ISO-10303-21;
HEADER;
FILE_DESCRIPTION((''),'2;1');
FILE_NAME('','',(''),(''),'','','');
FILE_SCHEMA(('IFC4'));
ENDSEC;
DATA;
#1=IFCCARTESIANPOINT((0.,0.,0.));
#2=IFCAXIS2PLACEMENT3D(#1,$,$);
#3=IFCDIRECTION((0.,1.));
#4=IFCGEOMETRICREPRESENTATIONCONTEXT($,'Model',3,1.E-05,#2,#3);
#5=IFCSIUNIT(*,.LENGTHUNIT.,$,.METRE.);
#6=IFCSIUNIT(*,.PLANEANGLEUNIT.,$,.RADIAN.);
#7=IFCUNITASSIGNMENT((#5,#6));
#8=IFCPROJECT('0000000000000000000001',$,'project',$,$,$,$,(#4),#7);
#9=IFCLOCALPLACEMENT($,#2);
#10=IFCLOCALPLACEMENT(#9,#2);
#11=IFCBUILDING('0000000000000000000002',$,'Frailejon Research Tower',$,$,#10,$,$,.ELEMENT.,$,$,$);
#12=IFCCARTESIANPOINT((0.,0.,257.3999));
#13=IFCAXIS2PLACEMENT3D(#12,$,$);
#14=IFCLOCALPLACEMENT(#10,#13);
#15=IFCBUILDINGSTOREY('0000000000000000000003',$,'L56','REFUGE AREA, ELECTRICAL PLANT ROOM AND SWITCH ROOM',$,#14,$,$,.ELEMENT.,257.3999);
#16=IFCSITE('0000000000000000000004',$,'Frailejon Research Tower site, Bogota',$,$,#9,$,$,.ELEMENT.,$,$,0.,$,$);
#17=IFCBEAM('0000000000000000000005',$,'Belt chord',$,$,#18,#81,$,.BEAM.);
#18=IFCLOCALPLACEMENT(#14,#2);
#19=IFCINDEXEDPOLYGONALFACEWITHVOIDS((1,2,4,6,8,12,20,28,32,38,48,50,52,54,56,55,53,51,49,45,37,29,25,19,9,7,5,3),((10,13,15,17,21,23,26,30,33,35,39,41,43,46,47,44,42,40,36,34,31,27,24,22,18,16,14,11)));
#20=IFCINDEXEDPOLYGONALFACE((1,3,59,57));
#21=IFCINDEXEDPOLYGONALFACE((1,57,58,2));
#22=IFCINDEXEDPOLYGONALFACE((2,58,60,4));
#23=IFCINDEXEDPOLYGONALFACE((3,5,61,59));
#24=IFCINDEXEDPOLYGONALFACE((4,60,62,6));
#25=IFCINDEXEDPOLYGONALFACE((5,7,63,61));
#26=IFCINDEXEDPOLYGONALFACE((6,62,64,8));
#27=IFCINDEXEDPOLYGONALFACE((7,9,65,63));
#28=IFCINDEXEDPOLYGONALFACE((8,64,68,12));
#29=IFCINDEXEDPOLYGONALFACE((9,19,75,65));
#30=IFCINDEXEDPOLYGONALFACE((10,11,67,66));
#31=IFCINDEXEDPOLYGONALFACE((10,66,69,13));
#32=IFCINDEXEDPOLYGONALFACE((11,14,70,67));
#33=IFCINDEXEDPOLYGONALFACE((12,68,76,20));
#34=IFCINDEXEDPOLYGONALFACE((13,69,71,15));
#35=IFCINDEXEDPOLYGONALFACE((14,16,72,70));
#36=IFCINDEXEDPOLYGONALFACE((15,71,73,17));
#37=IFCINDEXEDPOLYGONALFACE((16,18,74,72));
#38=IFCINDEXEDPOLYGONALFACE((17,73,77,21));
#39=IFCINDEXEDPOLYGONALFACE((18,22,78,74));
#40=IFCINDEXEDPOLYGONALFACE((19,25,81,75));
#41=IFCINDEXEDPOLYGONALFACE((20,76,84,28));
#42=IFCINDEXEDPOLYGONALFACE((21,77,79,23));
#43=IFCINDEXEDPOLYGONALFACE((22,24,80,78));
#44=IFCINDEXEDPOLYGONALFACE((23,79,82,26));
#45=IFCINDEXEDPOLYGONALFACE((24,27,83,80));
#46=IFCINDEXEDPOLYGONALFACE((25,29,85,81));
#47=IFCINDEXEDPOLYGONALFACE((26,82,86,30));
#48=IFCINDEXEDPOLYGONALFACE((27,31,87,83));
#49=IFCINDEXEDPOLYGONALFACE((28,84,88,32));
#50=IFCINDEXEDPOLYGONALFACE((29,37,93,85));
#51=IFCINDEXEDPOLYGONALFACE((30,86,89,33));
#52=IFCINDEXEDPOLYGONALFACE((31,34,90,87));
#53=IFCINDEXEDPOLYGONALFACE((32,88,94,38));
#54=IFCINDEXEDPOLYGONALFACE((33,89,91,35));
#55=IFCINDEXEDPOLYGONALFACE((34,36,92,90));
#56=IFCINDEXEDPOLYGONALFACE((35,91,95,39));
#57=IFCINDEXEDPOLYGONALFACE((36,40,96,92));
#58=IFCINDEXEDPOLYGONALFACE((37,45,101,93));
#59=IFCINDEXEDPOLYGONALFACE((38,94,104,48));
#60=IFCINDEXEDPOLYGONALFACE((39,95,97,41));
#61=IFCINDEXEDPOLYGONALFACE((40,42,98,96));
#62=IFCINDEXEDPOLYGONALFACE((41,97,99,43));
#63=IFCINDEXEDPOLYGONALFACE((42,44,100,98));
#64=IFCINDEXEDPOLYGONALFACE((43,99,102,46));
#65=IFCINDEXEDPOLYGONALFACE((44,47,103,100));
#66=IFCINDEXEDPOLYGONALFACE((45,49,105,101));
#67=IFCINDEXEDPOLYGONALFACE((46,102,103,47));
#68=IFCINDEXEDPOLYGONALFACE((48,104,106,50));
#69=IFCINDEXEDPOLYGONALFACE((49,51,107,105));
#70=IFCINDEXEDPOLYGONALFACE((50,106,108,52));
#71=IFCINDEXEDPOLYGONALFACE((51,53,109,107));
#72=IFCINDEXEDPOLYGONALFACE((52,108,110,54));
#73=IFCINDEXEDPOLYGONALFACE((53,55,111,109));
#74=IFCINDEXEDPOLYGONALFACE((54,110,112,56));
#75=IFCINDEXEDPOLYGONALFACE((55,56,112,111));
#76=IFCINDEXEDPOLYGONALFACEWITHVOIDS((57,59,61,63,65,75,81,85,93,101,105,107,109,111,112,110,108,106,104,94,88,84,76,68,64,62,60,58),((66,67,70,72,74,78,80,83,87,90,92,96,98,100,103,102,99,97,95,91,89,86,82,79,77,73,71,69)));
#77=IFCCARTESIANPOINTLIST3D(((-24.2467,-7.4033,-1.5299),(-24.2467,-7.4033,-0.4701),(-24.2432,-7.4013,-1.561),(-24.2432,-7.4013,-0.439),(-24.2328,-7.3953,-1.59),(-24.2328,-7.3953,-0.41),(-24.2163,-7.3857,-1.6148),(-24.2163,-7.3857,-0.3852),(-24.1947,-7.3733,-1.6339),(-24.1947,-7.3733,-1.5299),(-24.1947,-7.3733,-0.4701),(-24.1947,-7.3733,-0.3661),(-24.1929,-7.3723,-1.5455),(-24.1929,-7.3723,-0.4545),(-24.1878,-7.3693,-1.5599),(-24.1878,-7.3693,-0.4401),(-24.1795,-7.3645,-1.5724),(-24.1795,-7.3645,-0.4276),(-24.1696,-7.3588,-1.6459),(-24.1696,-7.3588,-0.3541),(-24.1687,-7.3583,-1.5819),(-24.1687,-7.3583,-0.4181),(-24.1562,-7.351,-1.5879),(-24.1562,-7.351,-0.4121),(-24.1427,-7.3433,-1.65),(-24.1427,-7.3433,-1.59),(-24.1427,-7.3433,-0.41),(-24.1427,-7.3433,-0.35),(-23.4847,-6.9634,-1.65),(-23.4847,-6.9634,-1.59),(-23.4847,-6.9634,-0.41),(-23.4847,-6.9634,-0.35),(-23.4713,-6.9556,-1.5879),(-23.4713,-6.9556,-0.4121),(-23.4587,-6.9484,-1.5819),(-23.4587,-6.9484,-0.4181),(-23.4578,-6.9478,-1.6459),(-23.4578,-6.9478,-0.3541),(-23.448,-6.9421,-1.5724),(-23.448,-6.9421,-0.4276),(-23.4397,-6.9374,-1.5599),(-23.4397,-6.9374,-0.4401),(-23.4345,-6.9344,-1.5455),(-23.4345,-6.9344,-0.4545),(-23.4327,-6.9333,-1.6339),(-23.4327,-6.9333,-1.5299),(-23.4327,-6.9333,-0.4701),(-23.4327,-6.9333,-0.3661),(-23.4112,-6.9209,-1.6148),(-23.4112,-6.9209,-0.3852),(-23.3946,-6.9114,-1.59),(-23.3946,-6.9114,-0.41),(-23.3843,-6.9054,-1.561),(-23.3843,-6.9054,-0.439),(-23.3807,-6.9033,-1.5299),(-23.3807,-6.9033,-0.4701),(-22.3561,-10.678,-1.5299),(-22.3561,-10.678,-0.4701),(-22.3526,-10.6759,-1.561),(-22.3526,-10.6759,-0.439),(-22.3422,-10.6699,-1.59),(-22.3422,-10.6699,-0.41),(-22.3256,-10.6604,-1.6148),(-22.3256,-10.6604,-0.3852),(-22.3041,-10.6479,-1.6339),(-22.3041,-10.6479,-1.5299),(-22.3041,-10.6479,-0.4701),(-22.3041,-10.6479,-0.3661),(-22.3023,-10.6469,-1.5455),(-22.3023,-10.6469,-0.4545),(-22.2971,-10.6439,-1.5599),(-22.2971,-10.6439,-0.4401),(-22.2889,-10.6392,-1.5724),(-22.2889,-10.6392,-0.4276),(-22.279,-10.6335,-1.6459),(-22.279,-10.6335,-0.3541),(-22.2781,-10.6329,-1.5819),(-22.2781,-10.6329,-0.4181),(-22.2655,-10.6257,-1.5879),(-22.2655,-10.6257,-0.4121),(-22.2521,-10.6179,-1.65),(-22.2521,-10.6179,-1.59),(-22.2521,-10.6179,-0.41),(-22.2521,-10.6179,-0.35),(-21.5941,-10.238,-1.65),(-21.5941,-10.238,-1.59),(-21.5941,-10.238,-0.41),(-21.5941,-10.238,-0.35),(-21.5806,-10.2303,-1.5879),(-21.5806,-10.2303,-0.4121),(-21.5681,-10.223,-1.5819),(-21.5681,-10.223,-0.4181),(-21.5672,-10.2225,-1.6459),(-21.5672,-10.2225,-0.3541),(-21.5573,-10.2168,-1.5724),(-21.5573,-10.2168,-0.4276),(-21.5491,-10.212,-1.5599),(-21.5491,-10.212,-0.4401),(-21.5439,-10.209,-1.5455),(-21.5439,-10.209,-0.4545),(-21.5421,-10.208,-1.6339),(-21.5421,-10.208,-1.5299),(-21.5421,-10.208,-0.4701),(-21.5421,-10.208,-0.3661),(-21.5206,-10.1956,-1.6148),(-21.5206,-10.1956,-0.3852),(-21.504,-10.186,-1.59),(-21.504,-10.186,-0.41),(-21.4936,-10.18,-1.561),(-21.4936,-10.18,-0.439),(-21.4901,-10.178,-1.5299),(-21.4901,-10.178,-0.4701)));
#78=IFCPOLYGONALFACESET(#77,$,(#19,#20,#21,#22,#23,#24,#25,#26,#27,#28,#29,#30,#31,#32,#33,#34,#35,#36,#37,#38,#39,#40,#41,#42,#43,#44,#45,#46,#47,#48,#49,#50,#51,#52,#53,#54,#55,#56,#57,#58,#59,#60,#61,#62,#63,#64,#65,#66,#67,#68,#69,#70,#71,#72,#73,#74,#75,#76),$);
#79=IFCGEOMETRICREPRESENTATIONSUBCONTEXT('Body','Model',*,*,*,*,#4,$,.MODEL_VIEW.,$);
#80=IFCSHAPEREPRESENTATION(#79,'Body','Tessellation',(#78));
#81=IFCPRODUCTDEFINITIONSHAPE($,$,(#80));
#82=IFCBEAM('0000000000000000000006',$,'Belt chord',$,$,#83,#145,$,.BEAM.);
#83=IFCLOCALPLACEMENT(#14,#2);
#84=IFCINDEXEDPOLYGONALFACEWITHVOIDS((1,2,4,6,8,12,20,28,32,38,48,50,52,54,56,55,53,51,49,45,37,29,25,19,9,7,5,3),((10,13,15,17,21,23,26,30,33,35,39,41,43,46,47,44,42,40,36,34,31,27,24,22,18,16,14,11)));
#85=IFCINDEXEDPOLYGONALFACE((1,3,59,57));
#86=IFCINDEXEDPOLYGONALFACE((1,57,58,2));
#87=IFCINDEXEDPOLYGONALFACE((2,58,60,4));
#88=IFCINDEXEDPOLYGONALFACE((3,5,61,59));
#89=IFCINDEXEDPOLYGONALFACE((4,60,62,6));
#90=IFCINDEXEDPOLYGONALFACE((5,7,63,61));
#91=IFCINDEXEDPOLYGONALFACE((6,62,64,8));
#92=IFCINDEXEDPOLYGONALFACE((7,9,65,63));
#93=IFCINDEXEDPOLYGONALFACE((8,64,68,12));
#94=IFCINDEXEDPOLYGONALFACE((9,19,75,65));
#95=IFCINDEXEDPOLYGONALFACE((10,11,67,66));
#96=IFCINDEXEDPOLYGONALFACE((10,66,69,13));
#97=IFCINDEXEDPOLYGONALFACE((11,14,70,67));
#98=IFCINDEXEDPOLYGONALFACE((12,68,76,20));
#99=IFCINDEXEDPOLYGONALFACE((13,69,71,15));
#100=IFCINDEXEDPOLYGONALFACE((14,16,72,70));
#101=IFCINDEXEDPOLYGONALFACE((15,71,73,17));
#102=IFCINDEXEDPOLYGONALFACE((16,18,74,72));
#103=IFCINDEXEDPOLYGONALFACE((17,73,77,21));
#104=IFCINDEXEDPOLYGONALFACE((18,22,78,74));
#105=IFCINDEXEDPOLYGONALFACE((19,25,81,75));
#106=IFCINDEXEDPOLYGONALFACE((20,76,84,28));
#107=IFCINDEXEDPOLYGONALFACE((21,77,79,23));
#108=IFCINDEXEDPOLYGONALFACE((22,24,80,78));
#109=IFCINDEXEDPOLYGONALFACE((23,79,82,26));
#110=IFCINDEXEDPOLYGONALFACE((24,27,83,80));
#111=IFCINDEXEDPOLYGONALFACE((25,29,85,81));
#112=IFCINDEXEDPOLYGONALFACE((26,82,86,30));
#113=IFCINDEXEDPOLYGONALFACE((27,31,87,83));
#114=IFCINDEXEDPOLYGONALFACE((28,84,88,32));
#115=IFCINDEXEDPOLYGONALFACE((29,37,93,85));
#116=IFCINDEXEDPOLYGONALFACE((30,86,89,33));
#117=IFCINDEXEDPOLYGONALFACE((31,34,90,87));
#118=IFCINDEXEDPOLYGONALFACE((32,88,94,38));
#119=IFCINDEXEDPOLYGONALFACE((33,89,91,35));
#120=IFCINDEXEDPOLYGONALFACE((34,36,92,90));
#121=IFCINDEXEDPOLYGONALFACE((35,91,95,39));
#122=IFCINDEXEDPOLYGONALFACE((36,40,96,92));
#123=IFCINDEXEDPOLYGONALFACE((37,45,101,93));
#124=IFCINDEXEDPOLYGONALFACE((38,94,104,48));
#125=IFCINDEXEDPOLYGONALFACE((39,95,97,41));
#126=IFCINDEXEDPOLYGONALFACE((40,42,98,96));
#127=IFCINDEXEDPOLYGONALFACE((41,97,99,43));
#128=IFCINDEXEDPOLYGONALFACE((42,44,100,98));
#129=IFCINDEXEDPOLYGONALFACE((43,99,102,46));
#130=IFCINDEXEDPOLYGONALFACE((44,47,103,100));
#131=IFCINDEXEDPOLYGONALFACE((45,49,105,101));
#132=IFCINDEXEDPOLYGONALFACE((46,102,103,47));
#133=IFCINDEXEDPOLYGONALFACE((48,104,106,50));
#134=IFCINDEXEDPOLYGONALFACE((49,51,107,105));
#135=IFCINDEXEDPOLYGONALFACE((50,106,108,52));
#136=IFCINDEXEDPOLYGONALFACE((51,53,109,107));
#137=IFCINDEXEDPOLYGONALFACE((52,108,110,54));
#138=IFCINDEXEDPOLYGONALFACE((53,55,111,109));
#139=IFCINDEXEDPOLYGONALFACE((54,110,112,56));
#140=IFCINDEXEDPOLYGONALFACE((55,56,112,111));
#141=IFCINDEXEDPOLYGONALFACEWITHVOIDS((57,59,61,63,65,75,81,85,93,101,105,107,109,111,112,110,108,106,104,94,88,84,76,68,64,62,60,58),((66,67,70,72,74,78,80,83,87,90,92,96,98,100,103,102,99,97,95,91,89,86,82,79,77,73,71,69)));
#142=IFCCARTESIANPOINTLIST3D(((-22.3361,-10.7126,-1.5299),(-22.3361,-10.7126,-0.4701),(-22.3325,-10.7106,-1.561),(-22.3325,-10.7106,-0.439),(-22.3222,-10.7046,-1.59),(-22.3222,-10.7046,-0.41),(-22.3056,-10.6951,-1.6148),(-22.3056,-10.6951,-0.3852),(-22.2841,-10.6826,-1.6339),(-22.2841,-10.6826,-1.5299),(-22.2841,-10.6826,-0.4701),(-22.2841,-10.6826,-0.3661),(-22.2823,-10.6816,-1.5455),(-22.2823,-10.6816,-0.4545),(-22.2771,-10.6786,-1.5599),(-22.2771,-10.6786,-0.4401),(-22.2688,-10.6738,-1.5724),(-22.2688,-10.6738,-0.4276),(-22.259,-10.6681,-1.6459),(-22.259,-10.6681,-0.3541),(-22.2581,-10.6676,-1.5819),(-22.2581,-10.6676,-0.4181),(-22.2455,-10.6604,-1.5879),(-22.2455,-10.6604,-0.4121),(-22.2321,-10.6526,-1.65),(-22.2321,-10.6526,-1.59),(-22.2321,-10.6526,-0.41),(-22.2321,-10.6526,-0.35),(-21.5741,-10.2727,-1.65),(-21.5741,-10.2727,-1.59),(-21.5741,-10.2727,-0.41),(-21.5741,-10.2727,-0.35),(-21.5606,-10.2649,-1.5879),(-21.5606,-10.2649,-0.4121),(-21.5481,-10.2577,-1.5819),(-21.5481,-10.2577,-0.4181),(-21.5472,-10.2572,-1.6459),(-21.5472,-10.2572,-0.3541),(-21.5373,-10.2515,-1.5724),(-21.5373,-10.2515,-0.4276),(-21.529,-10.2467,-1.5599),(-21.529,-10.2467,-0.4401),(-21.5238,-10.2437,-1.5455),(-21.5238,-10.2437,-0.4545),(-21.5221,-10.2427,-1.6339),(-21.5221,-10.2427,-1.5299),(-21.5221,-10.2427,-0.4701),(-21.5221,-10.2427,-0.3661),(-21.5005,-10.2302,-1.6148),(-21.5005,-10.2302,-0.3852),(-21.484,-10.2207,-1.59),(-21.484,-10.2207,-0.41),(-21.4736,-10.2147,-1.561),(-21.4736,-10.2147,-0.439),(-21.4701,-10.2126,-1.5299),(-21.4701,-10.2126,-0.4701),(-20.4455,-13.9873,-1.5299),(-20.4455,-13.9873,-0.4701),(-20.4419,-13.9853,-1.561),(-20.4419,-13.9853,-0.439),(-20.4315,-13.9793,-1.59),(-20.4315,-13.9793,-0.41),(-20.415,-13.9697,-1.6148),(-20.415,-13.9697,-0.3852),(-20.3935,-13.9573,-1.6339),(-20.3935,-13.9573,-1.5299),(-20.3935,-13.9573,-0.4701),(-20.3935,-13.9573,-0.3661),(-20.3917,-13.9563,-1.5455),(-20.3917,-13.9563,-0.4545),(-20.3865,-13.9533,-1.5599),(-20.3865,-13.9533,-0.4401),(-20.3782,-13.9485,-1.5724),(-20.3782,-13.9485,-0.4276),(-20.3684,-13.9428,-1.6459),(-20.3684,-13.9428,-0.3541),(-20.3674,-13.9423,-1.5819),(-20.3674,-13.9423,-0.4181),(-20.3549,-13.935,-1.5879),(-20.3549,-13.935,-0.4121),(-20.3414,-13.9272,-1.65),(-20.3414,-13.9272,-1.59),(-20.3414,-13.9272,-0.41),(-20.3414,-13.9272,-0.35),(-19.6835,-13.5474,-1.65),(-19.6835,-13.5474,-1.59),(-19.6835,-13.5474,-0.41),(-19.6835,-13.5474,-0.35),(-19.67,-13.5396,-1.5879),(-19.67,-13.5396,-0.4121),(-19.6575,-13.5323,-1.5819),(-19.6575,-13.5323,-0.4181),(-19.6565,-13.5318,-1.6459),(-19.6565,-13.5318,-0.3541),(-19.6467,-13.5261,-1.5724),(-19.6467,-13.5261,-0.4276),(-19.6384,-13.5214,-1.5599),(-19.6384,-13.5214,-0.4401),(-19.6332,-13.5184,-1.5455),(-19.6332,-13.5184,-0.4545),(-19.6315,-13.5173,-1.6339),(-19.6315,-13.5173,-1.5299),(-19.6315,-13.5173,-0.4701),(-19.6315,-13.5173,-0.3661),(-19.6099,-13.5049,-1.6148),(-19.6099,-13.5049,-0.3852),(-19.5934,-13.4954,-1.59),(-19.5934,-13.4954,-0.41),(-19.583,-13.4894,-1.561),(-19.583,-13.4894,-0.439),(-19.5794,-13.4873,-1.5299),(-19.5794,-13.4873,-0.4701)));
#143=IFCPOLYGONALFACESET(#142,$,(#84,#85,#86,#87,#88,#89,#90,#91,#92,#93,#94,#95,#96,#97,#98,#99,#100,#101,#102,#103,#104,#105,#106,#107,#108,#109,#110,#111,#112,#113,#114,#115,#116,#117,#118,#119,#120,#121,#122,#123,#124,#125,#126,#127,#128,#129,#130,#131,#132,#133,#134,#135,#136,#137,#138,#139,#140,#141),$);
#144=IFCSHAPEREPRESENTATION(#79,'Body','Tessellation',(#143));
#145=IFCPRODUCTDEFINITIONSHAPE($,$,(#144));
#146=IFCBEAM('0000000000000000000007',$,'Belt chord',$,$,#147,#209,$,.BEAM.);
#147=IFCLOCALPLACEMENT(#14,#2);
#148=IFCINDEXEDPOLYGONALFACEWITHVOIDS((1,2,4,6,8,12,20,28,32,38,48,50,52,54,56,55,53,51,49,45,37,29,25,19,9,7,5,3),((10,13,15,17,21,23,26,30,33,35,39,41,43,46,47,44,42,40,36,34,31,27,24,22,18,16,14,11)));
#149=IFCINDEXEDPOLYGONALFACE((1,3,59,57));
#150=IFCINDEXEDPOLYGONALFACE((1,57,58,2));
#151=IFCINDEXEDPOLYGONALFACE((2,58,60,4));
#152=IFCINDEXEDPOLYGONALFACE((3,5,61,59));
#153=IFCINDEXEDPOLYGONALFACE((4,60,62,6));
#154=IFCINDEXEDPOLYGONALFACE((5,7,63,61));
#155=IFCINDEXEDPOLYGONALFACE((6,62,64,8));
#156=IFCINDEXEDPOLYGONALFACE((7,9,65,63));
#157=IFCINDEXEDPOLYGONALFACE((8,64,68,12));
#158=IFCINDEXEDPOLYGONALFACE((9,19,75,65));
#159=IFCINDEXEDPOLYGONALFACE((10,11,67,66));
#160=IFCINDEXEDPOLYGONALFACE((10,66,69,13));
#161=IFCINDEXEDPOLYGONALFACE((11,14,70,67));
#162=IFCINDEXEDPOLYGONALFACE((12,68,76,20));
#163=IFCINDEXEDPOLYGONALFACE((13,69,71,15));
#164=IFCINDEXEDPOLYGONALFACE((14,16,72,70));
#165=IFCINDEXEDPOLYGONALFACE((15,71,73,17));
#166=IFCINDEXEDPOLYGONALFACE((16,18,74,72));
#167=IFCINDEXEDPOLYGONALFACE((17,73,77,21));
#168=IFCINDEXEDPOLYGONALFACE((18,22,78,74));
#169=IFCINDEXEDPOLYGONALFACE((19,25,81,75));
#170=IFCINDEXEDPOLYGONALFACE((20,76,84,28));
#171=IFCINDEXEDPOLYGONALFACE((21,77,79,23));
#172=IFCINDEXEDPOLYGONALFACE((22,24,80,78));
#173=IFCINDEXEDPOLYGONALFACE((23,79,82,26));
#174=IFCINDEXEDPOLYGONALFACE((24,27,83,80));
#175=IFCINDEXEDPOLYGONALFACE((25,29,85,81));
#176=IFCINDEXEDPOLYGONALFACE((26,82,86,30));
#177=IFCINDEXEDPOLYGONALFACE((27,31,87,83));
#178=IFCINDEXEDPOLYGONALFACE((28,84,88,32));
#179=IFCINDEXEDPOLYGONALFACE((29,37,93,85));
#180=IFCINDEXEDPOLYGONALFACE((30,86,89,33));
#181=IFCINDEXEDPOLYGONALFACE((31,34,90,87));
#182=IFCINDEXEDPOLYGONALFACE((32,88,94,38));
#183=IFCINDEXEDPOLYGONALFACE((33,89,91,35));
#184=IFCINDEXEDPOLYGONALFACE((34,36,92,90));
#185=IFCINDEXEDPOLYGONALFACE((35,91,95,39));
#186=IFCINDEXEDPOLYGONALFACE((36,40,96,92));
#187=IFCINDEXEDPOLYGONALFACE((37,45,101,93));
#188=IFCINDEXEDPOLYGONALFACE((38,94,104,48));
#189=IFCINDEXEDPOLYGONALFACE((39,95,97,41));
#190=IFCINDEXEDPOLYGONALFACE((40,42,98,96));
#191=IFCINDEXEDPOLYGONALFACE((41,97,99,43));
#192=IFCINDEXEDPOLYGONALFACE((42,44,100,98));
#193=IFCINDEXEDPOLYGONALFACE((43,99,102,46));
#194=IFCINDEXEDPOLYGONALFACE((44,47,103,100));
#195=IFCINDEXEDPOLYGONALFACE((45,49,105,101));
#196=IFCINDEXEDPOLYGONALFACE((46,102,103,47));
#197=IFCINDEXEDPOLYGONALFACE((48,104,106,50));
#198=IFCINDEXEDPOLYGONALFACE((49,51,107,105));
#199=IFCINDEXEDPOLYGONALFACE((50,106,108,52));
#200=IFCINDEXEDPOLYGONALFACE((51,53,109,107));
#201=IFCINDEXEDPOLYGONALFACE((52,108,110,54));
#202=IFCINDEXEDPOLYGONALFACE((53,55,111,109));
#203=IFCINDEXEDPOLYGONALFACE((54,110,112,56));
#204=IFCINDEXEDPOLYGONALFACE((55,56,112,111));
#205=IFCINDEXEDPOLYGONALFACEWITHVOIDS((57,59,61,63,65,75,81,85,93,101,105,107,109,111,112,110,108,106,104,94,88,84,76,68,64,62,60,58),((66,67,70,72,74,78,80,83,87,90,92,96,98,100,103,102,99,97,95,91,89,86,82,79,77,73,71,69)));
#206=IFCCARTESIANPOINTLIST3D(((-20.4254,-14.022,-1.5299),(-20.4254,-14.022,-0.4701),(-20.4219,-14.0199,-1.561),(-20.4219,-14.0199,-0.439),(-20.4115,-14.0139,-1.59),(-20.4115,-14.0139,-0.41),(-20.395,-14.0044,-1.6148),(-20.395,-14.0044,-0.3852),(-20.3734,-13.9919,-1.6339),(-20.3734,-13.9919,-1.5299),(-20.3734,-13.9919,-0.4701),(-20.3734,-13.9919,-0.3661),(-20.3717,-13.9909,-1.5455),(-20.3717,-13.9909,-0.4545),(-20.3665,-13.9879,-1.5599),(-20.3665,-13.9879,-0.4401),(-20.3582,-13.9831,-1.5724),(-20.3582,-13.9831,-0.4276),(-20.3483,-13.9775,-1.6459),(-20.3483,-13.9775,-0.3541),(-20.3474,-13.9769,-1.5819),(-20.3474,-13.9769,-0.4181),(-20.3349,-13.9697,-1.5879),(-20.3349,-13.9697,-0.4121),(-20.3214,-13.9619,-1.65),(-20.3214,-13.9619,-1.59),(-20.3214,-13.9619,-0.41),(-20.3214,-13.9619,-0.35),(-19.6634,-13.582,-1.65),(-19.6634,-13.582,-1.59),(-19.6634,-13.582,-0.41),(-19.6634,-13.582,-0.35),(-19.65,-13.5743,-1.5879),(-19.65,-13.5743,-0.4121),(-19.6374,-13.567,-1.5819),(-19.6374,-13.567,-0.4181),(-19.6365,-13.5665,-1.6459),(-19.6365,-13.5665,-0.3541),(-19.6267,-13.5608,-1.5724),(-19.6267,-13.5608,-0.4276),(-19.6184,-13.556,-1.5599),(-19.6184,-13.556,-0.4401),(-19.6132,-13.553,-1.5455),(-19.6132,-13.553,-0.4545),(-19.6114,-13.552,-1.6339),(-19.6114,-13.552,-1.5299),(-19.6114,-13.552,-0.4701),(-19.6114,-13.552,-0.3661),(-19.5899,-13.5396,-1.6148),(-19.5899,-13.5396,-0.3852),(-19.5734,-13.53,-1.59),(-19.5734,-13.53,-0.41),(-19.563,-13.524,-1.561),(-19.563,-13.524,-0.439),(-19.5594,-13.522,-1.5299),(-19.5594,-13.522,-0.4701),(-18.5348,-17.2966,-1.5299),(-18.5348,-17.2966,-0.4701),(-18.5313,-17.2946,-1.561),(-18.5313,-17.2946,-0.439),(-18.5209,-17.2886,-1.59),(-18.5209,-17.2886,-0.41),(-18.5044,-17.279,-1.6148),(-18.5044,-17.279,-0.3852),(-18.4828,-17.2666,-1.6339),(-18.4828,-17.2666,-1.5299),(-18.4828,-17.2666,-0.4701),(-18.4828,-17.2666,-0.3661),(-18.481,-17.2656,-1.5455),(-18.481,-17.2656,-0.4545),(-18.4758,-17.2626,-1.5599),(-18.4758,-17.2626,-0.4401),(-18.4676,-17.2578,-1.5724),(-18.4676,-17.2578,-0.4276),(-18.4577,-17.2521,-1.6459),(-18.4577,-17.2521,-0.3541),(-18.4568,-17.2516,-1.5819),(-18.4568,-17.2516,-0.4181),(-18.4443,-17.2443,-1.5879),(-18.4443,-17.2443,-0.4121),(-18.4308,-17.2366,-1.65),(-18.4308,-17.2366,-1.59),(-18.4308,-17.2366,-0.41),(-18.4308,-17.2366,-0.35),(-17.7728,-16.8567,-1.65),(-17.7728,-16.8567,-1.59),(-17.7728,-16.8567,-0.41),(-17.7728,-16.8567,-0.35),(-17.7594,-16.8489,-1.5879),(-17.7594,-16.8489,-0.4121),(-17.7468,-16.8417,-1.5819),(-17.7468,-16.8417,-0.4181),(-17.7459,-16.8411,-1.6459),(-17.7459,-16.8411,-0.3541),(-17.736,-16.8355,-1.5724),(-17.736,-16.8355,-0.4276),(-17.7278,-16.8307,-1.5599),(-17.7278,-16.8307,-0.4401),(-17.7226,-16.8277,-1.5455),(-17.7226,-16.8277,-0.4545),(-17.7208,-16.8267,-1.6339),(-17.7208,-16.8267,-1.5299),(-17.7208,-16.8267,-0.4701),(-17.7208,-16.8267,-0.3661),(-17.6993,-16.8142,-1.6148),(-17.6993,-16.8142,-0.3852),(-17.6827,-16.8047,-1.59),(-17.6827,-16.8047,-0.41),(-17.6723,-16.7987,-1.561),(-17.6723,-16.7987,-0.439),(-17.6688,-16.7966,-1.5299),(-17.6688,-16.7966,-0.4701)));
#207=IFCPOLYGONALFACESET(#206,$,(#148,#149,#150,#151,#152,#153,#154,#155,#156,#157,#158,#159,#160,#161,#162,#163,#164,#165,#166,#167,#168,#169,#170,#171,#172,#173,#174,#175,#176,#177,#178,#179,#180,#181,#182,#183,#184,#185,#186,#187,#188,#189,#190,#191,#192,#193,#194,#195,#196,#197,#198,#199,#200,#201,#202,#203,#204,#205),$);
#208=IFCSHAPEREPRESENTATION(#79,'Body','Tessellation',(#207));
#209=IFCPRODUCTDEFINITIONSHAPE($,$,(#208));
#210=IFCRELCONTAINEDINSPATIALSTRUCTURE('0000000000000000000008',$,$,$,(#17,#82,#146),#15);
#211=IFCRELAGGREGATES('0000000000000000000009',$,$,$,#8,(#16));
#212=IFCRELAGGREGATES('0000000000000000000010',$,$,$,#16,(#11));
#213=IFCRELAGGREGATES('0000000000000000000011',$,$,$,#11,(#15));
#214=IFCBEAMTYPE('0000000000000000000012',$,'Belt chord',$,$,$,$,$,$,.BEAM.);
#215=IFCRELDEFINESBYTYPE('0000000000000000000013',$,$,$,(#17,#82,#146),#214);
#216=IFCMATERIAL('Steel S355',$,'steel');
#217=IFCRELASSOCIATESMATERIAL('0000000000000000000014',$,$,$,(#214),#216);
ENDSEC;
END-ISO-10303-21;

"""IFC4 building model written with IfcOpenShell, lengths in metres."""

from ifc_helpers import new_model, si_unit, direction, frame, origin, origin_2d, place, context, subcontext, project, spatial, hollow_rectangle, extrude, material, material_profile, profile_set, type_object, element, save


model = new_model("IFC4")

# Units and contexts
model_context = context("Model", 3, precision=1e-05, world=origin(), true_north=direction((0.0, 1.0)))
body_context = subcontext(model_context, "Body", "Model", "MODEL_VIEW")
ifc_project = project(units=[si_unit("LENGTHUNIT", "METRE"), si_unit("PLANEANGLEUNIT", "RADIAN")], contexts=[model_context])

# Site, building, storey
site_placement = place(None, origin())
site = spatial("IfcSite", under=ifc_project, at=site_placement, Name="Frailejon Research Tower site, Bogota", CompositionType="ELEMENT", RefElevation=0.0)
building_placement = place(site_placement, origin())
building = spatial("IfcBuilding", under=site, at=building_placement, Name="Frailejon Research Tower", CompositionType="ELEMENT")
storey_placement = place(building_placement, frame((0.0, 0.0, 257.3999)))
storey = spatial("IfcBuildingStorey", under=building, at=storey_placement, Name="L56", Description="REFUGE AREA, ELECTRICAL PLANT ROOM AND SWITCH ROOM", CompositionType="ELEMENT", Elevation=257.3999)

# Beams
ifc_material_1 = material(Name="Steel S355", Category="steel")
ifc_material_profile_1 = material_profile(ifc_material_1, hollow_rectangle(XDim=1.0, YDim=1.3, WallThickness=0.0601, InnerFilletRadius=0.0601, OuterFilletRadius=0.1201, at=origin_2d()), Name="Belt chord")
ifc_profile_set_1 = profile_set([ifc_material_profile_1], Name="Steel S355")
beam_type_1 = type_object("IfcBeamType", Name="Belt chord", PredefinedType="BEAM", material=ifc_profile_set_1)
for number, where, z_axis, x_axis, name in (
    (1, (-23.8137, -7.1533, -1.0), (0.5, -0.866025, 0.0), (0.866025, 0.5, 0.0), "Belt chord"),
    (2, (-21.9031, -10.4626, -1.0), (0.5, -0.866025, 0.0), (0.866025, 0.5, 0.0), "Belt chord"),
    (3, (-19.9924, -13.772, -1.0), (0.5, -0.866025, 0.0), (0.866025, 0.5, 0.0), "Belt chord"),
):
    element("IfcBeam", number, at=place(storey_placement, frame(where, z_axis=z_axis, x_axis=x_axis)), inside=storey, type_object=beam_type_1, Name=name, PredefinedType="BEAM", context=body_context, shape_type="SweptSolid", body=[
        extrude(hollow_rectangle(XDim=1.0, YDim=1.3, WallThickness=0.0601, InnerFilletRadius=0.0601, OuterFilletRadius=0.1201, at=origin_2d()), origin(), (0.0, 0.0, 1.0), 3.7812),
    ])

save(model, "model.ifc")
